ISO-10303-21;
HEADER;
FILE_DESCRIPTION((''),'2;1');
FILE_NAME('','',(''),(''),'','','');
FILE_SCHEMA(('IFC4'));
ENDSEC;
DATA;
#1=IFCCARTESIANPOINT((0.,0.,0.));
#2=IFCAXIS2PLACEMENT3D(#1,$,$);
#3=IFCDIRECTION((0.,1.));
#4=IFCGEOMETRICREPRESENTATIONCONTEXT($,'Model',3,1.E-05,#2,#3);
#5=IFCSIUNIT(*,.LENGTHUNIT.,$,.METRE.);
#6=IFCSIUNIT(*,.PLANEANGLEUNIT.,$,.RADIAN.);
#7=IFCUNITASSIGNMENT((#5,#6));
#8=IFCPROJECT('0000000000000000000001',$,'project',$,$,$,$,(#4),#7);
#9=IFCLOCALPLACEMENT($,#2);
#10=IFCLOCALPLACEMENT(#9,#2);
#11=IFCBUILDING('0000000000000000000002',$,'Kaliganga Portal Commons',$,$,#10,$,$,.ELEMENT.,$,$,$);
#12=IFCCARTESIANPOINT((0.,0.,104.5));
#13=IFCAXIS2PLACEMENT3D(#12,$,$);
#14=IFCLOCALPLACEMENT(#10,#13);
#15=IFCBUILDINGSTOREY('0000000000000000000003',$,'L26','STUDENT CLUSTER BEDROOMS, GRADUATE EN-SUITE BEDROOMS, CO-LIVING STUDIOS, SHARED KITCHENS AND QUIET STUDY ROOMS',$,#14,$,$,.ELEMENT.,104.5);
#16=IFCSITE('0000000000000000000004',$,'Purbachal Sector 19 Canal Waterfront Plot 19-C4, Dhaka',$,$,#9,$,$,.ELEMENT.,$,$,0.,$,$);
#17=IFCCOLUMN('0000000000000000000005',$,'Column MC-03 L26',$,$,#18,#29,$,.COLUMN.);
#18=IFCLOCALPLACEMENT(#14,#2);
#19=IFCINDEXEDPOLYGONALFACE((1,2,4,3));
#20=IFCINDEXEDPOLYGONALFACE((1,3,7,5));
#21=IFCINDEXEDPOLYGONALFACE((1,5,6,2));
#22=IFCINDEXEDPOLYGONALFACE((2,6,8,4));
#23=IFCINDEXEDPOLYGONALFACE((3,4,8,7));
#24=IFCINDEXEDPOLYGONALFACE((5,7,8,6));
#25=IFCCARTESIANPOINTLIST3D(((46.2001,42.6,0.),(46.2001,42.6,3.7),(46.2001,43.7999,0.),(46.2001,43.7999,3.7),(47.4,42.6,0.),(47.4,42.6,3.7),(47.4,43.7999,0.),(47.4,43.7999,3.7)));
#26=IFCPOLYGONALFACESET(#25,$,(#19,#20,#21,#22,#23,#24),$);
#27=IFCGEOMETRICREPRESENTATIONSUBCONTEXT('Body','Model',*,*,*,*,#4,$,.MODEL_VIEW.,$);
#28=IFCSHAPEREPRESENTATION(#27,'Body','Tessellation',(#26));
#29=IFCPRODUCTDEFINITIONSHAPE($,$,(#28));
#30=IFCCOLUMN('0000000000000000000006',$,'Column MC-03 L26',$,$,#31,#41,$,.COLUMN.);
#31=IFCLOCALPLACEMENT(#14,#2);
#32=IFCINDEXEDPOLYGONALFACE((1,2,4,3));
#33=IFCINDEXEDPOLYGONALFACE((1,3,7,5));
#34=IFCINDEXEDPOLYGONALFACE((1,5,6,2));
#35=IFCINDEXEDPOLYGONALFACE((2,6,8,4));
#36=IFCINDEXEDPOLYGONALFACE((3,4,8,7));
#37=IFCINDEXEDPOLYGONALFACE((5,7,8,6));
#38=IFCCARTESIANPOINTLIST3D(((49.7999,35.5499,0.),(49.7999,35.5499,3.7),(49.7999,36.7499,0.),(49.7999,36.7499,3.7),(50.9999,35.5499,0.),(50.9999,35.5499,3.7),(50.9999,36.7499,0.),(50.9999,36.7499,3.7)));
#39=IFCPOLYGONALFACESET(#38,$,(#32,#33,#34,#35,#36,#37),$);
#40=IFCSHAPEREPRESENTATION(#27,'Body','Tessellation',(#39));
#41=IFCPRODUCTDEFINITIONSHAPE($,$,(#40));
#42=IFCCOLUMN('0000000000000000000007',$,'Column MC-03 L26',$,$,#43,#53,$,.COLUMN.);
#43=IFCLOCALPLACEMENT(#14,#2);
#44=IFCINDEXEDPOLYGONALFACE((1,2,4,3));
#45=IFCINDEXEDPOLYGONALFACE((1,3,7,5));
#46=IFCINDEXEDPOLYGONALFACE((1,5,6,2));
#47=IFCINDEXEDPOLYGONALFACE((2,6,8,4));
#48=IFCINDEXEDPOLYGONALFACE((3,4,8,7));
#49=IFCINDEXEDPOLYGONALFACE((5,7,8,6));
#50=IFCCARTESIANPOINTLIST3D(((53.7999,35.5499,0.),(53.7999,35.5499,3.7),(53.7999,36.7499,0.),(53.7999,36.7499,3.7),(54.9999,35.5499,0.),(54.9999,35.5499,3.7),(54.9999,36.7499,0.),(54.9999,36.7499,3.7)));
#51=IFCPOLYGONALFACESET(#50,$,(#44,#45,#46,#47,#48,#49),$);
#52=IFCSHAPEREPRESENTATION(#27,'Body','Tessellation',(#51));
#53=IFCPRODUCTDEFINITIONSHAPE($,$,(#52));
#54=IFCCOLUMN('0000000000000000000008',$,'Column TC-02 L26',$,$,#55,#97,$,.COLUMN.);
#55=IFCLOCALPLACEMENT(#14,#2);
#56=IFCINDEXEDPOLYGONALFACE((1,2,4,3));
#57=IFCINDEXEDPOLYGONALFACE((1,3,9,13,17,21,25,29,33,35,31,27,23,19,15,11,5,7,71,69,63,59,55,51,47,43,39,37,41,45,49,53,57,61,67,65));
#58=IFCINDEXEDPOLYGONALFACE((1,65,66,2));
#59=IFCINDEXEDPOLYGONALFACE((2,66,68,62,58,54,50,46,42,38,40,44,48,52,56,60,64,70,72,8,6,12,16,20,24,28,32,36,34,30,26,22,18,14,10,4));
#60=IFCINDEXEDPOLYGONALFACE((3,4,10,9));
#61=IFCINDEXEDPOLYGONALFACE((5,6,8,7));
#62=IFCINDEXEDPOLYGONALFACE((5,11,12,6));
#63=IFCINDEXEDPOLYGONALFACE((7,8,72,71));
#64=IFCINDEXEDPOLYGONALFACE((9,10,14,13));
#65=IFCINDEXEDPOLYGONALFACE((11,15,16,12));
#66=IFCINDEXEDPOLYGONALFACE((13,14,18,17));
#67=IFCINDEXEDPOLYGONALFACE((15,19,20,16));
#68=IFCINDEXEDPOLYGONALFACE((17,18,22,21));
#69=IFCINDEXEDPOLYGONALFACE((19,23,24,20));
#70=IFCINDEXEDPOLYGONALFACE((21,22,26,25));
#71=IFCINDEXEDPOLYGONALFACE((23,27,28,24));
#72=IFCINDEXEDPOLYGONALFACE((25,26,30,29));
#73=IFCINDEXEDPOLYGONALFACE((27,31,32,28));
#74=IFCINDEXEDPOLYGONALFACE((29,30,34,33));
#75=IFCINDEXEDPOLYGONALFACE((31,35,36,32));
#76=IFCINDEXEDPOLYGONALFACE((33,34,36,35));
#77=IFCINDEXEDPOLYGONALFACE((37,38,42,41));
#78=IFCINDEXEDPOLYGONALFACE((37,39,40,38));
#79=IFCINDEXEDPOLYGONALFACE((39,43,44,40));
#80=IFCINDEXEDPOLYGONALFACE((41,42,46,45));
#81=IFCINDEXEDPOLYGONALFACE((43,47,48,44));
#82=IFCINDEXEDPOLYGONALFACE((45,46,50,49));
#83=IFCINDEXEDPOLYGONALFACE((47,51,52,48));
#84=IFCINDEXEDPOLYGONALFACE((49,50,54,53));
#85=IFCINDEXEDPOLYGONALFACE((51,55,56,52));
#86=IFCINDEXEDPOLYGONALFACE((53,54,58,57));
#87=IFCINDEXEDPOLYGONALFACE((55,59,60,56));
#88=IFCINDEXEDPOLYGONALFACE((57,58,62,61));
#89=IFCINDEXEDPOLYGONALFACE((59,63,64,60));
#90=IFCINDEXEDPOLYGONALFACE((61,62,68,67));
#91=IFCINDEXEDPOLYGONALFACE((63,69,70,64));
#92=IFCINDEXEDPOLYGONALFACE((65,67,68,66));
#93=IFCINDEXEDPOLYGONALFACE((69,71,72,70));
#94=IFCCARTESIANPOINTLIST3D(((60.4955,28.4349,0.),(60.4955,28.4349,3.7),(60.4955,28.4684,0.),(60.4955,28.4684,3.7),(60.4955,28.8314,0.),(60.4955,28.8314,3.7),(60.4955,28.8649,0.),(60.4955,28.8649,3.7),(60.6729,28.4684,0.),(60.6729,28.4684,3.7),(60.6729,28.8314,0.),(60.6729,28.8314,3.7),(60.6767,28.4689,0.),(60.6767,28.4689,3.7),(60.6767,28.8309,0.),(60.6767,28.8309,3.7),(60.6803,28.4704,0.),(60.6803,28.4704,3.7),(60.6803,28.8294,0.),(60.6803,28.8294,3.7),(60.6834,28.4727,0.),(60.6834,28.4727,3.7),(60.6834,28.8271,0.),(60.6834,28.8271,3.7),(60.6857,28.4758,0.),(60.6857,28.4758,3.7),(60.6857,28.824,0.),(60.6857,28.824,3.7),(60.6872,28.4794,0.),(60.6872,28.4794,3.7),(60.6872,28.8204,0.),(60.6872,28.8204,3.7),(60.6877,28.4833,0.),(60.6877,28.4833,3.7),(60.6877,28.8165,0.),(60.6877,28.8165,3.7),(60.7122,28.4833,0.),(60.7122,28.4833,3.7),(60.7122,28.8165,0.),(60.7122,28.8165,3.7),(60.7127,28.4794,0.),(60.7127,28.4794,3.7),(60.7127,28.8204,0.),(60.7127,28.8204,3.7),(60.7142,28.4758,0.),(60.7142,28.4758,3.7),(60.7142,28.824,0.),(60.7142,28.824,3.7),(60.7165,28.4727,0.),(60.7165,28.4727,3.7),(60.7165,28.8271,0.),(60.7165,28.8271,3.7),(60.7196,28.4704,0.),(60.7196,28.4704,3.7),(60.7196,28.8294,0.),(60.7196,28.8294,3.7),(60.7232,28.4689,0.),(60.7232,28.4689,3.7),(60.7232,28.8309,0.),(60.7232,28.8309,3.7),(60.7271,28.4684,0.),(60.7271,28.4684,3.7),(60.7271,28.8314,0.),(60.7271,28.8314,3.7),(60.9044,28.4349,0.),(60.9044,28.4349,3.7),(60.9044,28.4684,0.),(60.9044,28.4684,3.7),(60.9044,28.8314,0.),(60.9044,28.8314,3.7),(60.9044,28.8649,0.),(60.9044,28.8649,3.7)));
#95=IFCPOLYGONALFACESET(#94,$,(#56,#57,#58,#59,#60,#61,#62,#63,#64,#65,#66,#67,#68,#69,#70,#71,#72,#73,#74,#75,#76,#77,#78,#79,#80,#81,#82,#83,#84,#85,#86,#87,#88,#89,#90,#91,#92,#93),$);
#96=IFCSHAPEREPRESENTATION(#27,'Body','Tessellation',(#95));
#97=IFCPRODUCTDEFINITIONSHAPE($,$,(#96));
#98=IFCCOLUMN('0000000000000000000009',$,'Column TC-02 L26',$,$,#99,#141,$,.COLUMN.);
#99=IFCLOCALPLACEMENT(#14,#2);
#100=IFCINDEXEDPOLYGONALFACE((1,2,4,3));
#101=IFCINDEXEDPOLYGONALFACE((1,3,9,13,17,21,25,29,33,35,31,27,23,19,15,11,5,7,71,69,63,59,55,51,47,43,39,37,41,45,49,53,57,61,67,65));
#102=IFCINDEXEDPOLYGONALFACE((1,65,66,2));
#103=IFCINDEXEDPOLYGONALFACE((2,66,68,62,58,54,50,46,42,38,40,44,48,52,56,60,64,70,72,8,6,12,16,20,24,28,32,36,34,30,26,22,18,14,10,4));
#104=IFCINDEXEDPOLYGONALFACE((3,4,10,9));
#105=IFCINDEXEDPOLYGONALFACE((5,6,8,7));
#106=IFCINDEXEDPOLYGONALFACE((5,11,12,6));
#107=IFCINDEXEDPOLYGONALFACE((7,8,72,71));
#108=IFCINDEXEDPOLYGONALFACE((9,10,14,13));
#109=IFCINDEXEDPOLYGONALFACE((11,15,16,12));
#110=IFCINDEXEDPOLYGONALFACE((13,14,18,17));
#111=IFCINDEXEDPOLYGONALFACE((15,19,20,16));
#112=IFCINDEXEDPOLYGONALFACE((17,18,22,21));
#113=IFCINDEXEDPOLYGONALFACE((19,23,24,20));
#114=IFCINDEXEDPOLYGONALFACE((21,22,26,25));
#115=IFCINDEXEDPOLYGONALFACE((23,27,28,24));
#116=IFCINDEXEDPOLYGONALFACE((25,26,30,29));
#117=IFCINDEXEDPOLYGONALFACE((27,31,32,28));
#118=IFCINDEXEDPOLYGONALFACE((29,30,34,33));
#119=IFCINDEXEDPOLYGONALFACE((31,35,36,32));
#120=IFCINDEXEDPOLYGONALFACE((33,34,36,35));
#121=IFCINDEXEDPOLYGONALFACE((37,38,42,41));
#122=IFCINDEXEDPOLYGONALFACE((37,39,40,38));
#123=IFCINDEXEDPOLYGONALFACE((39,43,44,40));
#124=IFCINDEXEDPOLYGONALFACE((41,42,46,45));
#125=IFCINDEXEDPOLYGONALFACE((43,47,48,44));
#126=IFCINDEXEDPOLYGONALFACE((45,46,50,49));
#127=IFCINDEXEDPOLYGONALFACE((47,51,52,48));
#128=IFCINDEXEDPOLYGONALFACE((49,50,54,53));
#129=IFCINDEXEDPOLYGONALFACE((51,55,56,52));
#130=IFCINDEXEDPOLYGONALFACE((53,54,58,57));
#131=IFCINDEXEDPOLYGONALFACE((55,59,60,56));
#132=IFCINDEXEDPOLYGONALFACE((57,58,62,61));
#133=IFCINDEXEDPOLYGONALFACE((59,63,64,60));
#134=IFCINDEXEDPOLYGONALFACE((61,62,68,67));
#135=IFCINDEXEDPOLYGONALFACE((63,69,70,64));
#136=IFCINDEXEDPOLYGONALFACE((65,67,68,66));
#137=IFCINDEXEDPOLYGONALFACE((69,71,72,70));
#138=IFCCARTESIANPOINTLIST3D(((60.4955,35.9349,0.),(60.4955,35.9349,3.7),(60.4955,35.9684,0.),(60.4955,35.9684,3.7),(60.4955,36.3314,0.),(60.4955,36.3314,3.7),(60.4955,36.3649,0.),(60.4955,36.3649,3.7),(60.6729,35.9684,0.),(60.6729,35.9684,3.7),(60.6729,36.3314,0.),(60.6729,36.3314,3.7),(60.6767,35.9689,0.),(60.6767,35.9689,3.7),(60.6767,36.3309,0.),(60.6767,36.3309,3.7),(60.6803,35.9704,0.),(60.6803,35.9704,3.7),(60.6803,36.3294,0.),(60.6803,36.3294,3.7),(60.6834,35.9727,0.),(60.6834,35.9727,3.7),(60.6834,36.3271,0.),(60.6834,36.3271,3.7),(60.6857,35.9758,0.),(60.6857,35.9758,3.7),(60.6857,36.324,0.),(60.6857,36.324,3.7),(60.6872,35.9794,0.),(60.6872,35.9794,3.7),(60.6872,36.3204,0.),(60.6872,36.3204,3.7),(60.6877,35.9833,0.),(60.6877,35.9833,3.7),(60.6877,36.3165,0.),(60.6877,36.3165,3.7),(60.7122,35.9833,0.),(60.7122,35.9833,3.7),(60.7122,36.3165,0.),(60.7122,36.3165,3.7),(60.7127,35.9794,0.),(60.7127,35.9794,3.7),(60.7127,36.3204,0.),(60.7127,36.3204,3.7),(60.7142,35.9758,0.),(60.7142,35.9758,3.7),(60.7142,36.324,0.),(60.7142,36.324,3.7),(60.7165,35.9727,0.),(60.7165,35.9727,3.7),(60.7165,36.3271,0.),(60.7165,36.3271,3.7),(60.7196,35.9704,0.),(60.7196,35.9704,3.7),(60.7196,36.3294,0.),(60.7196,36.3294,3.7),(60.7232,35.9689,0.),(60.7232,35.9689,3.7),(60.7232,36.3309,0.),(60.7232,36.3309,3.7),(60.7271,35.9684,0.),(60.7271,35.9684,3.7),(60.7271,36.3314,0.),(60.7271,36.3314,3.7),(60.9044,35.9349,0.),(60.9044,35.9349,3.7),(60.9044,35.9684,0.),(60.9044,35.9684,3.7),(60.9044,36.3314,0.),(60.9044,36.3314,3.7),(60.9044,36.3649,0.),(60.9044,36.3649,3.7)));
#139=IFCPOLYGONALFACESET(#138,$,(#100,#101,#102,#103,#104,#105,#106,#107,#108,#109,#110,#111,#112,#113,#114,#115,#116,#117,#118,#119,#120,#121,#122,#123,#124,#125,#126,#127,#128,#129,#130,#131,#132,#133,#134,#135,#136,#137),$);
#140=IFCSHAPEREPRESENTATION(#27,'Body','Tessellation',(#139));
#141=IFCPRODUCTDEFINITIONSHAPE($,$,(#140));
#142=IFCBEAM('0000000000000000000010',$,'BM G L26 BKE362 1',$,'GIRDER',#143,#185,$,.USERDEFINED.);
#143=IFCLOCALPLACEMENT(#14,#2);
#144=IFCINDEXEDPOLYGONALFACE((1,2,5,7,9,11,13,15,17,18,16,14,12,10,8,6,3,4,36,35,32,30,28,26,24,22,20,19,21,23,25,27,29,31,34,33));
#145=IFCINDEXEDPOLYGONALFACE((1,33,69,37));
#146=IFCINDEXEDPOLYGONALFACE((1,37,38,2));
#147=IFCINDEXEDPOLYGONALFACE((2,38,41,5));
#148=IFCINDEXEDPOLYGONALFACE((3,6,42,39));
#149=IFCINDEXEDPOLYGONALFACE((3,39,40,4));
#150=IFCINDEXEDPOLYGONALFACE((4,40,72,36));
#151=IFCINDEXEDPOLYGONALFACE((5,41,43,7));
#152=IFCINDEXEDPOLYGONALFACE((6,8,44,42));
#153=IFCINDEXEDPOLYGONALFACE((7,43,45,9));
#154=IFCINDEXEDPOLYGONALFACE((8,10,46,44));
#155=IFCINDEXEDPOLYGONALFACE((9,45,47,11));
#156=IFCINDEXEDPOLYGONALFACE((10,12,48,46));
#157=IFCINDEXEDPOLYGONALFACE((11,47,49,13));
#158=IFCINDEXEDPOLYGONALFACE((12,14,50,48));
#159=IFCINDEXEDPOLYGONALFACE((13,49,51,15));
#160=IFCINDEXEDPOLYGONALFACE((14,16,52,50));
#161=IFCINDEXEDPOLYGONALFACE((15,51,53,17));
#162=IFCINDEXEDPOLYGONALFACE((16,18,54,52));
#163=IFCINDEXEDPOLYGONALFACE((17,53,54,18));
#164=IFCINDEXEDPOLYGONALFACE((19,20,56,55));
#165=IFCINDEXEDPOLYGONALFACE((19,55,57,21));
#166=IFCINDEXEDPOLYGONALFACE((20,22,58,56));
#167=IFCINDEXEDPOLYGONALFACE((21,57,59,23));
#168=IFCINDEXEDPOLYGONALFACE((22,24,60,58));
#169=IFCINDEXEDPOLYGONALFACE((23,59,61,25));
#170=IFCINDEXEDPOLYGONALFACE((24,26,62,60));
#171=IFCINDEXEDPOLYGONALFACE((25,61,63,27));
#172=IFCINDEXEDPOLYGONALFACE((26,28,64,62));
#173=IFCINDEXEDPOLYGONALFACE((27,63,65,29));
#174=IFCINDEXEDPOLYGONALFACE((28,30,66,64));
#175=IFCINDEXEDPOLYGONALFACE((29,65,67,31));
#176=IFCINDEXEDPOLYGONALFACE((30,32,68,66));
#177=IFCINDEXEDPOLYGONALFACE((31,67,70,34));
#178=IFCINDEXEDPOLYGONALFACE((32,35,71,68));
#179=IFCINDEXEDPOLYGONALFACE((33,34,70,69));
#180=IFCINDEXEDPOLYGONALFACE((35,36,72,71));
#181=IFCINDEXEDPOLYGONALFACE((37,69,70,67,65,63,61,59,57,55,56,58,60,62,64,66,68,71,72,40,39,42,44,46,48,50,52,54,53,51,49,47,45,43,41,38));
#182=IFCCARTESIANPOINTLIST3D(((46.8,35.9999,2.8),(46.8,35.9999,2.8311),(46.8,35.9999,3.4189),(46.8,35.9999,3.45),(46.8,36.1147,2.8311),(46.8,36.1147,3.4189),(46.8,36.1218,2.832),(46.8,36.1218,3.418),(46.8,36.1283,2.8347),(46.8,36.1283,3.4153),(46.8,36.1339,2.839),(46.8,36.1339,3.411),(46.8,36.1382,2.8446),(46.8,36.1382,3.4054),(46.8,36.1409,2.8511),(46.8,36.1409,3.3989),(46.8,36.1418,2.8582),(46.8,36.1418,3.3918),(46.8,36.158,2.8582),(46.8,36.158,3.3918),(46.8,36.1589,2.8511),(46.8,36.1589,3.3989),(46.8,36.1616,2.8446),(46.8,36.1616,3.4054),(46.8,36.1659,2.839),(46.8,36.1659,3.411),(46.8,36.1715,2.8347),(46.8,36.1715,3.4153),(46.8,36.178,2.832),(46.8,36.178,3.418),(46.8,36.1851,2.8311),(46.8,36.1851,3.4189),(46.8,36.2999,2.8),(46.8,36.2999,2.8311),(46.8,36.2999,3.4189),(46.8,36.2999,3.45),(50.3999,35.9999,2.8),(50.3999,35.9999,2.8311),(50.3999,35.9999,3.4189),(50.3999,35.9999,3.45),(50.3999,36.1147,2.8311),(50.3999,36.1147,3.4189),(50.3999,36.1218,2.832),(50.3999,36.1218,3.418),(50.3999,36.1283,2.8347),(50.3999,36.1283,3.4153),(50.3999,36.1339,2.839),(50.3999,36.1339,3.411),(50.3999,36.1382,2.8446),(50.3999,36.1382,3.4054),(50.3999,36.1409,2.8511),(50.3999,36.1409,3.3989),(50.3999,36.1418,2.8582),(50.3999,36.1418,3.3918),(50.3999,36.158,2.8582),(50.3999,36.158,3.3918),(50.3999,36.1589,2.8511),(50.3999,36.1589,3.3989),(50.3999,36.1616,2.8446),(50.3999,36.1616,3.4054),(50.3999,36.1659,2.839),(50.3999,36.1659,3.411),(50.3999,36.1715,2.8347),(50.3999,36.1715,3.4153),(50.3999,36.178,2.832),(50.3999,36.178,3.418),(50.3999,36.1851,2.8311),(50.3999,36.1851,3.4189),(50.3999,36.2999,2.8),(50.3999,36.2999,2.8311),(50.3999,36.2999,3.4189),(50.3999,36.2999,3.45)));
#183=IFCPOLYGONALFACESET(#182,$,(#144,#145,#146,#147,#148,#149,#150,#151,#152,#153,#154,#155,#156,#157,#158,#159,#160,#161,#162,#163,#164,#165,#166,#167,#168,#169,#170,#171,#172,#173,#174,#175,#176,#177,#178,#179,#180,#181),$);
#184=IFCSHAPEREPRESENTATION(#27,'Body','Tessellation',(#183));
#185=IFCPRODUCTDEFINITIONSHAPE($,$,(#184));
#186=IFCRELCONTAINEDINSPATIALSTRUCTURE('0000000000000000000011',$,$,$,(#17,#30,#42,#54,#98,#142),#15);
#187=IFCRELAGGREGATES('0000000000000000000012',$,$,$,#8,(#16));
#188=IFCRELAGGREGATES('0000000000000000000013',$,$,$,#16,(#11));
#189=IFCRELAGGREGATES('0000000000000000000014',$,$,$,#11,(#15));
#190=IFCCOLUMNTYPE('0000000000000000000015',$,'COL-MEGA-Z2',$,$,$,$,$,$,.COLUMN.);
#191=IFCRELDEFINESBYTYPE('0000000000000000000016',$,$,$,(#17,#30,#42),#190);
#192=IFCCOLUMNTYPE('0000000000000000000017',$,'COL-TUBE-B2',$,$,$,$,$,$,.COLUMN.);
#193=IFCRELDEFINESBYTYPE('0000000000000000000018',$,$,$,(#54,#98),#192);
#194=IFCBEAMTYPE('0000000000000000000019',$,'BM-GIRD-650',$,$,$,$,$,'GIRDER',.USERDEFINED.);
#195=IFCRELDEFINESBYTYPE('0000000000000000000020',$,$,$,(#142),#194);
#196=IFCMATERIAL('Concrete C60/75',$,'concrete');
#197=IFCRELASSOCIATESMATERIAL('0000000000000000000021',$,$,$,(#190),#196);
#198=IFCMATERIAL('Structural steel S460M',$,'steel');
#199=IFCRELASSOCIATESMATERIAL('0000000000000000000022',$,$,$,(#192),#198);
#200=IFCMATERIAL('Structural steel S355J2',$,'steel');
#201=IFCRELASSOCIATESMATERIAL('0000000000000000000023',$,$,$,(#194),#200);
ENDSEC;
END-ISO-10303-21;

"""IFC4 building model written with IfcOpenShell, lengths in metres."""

from ifc_helpers import new_model, si_unit, direction, frame, origin, origin_2d, place, context, subcontext, project, spatial, rectangle, i_section, extrude, source, transform, mapped, material, material_profile, profile_set, type_object, element, save


model = new_model("IFC4")

# Units and contexts
model_context = context("Model", 3, precision=1e-05, world=origin(), true_north=direction((0.0, 1.0)))
body_context = subcontext(model_context, "Body", "Model", "MODEL_VIEW")
ifc_project = project(units=[si_unit("LENGTHUNIT", "METRE"), si_unit("PLANEANGLEUNIT", "RADIAN")], contexts=[model_context])

# Site, building, storey
site_placement = place(None, origin())
site = spatial("IfcSite", under=ifc_project, at=site_placement, Name="Purbachal Sector 19 Canal Waterfront Plot 19-C4, Dhaka", CompositionType="ELEMENT", RefElevation=0.0)
building_placement = place(site_placement, origin())
building = spatial("IfcBuilding", under=site, at=building_placement, Name="Kaliganga Portal Commons", CompositionType="ELEMENT")
storey_placement = place(building_placement, frame((0.0, 0.0, 104.5)))
storey = spatial("IfcBuildingStorey", under=building, at=storey_placement, Name="L26", Description="STUDENT CLUSTER BEDROOMS, GRADUATE EN-SUITE BEDROOMS, CO-LIVING STUDIOS, SHARED KITCHENS AND QUIET STUDY ROOMS", CompositionType="ELEMENT", Elevation=104.5)

# Columns
ifc_material_1 = material(Name="Concrete C60/75", Category="concrete")
ifc_material_profile_1 = material_profile(ifc_material_1, rectangle(XDim=1.2, YDim=1.2, at=origin_2d()), Name="RC 1200x1200")
ifc_profile_set_1 = profile_set([ifc_material_profile_1], Name="Concrete C60/75")
column_type_1 = type_object("IfcColumnType", Name="COL-MEGA-Z2", PredefinedType="COLUMN", material=ifc_profile_set_1)
shared_shape_1 = source(origin(), body_context, "Body", "SweptSolid", [
    extrude(rectangle(XDim=1.2, YDim=1.2, at=origin_2d()), origin(), (0.0, 0.0, 1.0), 3.7),
])
for number, where, z_axis, x_axis, name in (
    (1, (46.8, 43.2, 0.0), (0.0, 0.0, 1.0), (1.0, 0.0, 0.0), "Column MC-03 L26"),
    (2, (50.3999, 36.1499, 0.0), (0.0, 0.0, 1.0), (1.0, 0.0, 0.0), "Column MC-03 L26"),
    (3, (54.3999, 36.1499, 0.0), (0.0, 0.0, 1.0), (1.0, 0.0, 0.0), "Column MC-03 L26"),
):
    element("IfcColumn", number, at=place(storey_placement, frame(where, z_axis=z_axis, x_axis=x_axis)), inside=storey, type_object=column_type_1, Name=name, PredefinedType="COLUMN", context=body_context, shape_type="MappedRepresentation", body=[
        mapped(shared_shape_1, transform((0.0, 0.0, 0.0), x_axis=(1.0, 0.0, 0.0), y_axis=(0.0, 1.0, 0.0), z_axis=(0.0, 0.0, 1.0), scale=1.0)),
    ])
ifc_material_2 = material(Name="Structural steel S460M", Category="steel")
ifc_material_profile_2 = material_profile(ifc_material_2, i_section(OverallWidth=0.4089, OverallDepth=0.4299, WebThickness=0.0244, FlangeThickness=0.0334, FilletRadius=0.0149, at=origin_2d()), Name="HD 400x421")
ifc_profile_set_2 = profile_set([ifc_material_profile_2], Name="Structural steel S460M wide-flange")
column_type_2 = type_object("IfcColumnType", Name="COL-TUBE-B2", PredefinedType="COLUMN", material=ifc_profile_set_2)
shared_shape_2 = source(origin(), body_context, "Body", "SweptSolid", [
    extrude(i_section(OverallWidth=0.4089, OverallDepth=0.4299, WebThickness=0.0244, FlangeThickness=0.0334, FilletRadius=0.0149, at=origin_2d()), origin(), (0.0, 0.0, 1.0), 3.7),
])
for number, where, z_axis, x_axis, name in (
    (4, (60.7, 28.6499, 0.0), (0.0, 0.0, 1.0), (1.0, 0.0, 0.0), "Column TC-02 L26"),
    (5, (60.7, 36.1499, 0.0), (0.0, 0.0, 1.0), (1.0, 0.0, 0.0), "Column TC-02 L26"),
):
    element("IfcColumn", number, at=place(storey_placement, frame(where, z_axis=z_axis, x_axis=x_axis)), inside=storey, type_object=column_type_2, Name=name, PredefinedType="COLUMN", context=body_context, shape_type="MappedRepresentation", body=[
        mapped(shared_shape_2, transform((0.0, 0.0, 0.0), x_axis=(1.0, 0.0, 0.0), y_axis=(0.0, 1.0, 0.0), z_axis=(0.0, 0.0, 1.0), scale=1.0)),
    ])

# Beam
ifc_material_3 = material(Name="Structural steel S355J2", Category="steel")
ifc_material_profile_3 = material_profile(ifc_material_3, i_section(OverallWidth=0.3, OverallDepth=0.6499, WebThickness=0.0161, FlangeThickness=0.031, FilletRadius=0.0271, at=origin_2d()), Name="HE 650 B")
ifc_profile_set_3 = profile_set([ifc_material_profile_3], Name="Structural steel S355J2 wide-flange")
beam_type_1 = type_object("IfcBeamType", Name="BM-GIRD-650", ElementType="GIRDER", PredefinedType="USERDEFINED", material=ifc_profile_set_3)
shared_shape_3 = source(origin(), body_context, "Body", "SweptSolid", [
    extrude(i_section(OverallWidth=0.3, OverallDepth=0.6499, WebThickness=0.0161, FlangeThickness=0.031, FilletRadius=0.0271, at=origin_2d()), origin(), (0.0, 0.0, 1.0), 3.5999),
])
beam_1_placement = place(storey_placement, frame((46.8, 36.1499, 3.125), z_axis=(1.0, 0.0, 0.0), x_axis=(0.0, 1.0, 0.0)))
element("IfcBeam", 6, at=beam_1_placement, inside=storey, type_object=beam_type_1, Name="BM G L26 BKE362 1", ObjectType="GIRDER", PredefinedType="USERDEFINED", context=body_context, shape_type="MappedRepresentation", body=[
    mapped(shared_shape_3, transform((0.0, 0.0, 0.0), x_axis=(1.0, 0.0, 0.0), y_axis=(0.0, 1.0, 0.0), z_axis=(0.0, 0.0, 1.0), scale=1.0)),
])

save(model, "model.ifc")
